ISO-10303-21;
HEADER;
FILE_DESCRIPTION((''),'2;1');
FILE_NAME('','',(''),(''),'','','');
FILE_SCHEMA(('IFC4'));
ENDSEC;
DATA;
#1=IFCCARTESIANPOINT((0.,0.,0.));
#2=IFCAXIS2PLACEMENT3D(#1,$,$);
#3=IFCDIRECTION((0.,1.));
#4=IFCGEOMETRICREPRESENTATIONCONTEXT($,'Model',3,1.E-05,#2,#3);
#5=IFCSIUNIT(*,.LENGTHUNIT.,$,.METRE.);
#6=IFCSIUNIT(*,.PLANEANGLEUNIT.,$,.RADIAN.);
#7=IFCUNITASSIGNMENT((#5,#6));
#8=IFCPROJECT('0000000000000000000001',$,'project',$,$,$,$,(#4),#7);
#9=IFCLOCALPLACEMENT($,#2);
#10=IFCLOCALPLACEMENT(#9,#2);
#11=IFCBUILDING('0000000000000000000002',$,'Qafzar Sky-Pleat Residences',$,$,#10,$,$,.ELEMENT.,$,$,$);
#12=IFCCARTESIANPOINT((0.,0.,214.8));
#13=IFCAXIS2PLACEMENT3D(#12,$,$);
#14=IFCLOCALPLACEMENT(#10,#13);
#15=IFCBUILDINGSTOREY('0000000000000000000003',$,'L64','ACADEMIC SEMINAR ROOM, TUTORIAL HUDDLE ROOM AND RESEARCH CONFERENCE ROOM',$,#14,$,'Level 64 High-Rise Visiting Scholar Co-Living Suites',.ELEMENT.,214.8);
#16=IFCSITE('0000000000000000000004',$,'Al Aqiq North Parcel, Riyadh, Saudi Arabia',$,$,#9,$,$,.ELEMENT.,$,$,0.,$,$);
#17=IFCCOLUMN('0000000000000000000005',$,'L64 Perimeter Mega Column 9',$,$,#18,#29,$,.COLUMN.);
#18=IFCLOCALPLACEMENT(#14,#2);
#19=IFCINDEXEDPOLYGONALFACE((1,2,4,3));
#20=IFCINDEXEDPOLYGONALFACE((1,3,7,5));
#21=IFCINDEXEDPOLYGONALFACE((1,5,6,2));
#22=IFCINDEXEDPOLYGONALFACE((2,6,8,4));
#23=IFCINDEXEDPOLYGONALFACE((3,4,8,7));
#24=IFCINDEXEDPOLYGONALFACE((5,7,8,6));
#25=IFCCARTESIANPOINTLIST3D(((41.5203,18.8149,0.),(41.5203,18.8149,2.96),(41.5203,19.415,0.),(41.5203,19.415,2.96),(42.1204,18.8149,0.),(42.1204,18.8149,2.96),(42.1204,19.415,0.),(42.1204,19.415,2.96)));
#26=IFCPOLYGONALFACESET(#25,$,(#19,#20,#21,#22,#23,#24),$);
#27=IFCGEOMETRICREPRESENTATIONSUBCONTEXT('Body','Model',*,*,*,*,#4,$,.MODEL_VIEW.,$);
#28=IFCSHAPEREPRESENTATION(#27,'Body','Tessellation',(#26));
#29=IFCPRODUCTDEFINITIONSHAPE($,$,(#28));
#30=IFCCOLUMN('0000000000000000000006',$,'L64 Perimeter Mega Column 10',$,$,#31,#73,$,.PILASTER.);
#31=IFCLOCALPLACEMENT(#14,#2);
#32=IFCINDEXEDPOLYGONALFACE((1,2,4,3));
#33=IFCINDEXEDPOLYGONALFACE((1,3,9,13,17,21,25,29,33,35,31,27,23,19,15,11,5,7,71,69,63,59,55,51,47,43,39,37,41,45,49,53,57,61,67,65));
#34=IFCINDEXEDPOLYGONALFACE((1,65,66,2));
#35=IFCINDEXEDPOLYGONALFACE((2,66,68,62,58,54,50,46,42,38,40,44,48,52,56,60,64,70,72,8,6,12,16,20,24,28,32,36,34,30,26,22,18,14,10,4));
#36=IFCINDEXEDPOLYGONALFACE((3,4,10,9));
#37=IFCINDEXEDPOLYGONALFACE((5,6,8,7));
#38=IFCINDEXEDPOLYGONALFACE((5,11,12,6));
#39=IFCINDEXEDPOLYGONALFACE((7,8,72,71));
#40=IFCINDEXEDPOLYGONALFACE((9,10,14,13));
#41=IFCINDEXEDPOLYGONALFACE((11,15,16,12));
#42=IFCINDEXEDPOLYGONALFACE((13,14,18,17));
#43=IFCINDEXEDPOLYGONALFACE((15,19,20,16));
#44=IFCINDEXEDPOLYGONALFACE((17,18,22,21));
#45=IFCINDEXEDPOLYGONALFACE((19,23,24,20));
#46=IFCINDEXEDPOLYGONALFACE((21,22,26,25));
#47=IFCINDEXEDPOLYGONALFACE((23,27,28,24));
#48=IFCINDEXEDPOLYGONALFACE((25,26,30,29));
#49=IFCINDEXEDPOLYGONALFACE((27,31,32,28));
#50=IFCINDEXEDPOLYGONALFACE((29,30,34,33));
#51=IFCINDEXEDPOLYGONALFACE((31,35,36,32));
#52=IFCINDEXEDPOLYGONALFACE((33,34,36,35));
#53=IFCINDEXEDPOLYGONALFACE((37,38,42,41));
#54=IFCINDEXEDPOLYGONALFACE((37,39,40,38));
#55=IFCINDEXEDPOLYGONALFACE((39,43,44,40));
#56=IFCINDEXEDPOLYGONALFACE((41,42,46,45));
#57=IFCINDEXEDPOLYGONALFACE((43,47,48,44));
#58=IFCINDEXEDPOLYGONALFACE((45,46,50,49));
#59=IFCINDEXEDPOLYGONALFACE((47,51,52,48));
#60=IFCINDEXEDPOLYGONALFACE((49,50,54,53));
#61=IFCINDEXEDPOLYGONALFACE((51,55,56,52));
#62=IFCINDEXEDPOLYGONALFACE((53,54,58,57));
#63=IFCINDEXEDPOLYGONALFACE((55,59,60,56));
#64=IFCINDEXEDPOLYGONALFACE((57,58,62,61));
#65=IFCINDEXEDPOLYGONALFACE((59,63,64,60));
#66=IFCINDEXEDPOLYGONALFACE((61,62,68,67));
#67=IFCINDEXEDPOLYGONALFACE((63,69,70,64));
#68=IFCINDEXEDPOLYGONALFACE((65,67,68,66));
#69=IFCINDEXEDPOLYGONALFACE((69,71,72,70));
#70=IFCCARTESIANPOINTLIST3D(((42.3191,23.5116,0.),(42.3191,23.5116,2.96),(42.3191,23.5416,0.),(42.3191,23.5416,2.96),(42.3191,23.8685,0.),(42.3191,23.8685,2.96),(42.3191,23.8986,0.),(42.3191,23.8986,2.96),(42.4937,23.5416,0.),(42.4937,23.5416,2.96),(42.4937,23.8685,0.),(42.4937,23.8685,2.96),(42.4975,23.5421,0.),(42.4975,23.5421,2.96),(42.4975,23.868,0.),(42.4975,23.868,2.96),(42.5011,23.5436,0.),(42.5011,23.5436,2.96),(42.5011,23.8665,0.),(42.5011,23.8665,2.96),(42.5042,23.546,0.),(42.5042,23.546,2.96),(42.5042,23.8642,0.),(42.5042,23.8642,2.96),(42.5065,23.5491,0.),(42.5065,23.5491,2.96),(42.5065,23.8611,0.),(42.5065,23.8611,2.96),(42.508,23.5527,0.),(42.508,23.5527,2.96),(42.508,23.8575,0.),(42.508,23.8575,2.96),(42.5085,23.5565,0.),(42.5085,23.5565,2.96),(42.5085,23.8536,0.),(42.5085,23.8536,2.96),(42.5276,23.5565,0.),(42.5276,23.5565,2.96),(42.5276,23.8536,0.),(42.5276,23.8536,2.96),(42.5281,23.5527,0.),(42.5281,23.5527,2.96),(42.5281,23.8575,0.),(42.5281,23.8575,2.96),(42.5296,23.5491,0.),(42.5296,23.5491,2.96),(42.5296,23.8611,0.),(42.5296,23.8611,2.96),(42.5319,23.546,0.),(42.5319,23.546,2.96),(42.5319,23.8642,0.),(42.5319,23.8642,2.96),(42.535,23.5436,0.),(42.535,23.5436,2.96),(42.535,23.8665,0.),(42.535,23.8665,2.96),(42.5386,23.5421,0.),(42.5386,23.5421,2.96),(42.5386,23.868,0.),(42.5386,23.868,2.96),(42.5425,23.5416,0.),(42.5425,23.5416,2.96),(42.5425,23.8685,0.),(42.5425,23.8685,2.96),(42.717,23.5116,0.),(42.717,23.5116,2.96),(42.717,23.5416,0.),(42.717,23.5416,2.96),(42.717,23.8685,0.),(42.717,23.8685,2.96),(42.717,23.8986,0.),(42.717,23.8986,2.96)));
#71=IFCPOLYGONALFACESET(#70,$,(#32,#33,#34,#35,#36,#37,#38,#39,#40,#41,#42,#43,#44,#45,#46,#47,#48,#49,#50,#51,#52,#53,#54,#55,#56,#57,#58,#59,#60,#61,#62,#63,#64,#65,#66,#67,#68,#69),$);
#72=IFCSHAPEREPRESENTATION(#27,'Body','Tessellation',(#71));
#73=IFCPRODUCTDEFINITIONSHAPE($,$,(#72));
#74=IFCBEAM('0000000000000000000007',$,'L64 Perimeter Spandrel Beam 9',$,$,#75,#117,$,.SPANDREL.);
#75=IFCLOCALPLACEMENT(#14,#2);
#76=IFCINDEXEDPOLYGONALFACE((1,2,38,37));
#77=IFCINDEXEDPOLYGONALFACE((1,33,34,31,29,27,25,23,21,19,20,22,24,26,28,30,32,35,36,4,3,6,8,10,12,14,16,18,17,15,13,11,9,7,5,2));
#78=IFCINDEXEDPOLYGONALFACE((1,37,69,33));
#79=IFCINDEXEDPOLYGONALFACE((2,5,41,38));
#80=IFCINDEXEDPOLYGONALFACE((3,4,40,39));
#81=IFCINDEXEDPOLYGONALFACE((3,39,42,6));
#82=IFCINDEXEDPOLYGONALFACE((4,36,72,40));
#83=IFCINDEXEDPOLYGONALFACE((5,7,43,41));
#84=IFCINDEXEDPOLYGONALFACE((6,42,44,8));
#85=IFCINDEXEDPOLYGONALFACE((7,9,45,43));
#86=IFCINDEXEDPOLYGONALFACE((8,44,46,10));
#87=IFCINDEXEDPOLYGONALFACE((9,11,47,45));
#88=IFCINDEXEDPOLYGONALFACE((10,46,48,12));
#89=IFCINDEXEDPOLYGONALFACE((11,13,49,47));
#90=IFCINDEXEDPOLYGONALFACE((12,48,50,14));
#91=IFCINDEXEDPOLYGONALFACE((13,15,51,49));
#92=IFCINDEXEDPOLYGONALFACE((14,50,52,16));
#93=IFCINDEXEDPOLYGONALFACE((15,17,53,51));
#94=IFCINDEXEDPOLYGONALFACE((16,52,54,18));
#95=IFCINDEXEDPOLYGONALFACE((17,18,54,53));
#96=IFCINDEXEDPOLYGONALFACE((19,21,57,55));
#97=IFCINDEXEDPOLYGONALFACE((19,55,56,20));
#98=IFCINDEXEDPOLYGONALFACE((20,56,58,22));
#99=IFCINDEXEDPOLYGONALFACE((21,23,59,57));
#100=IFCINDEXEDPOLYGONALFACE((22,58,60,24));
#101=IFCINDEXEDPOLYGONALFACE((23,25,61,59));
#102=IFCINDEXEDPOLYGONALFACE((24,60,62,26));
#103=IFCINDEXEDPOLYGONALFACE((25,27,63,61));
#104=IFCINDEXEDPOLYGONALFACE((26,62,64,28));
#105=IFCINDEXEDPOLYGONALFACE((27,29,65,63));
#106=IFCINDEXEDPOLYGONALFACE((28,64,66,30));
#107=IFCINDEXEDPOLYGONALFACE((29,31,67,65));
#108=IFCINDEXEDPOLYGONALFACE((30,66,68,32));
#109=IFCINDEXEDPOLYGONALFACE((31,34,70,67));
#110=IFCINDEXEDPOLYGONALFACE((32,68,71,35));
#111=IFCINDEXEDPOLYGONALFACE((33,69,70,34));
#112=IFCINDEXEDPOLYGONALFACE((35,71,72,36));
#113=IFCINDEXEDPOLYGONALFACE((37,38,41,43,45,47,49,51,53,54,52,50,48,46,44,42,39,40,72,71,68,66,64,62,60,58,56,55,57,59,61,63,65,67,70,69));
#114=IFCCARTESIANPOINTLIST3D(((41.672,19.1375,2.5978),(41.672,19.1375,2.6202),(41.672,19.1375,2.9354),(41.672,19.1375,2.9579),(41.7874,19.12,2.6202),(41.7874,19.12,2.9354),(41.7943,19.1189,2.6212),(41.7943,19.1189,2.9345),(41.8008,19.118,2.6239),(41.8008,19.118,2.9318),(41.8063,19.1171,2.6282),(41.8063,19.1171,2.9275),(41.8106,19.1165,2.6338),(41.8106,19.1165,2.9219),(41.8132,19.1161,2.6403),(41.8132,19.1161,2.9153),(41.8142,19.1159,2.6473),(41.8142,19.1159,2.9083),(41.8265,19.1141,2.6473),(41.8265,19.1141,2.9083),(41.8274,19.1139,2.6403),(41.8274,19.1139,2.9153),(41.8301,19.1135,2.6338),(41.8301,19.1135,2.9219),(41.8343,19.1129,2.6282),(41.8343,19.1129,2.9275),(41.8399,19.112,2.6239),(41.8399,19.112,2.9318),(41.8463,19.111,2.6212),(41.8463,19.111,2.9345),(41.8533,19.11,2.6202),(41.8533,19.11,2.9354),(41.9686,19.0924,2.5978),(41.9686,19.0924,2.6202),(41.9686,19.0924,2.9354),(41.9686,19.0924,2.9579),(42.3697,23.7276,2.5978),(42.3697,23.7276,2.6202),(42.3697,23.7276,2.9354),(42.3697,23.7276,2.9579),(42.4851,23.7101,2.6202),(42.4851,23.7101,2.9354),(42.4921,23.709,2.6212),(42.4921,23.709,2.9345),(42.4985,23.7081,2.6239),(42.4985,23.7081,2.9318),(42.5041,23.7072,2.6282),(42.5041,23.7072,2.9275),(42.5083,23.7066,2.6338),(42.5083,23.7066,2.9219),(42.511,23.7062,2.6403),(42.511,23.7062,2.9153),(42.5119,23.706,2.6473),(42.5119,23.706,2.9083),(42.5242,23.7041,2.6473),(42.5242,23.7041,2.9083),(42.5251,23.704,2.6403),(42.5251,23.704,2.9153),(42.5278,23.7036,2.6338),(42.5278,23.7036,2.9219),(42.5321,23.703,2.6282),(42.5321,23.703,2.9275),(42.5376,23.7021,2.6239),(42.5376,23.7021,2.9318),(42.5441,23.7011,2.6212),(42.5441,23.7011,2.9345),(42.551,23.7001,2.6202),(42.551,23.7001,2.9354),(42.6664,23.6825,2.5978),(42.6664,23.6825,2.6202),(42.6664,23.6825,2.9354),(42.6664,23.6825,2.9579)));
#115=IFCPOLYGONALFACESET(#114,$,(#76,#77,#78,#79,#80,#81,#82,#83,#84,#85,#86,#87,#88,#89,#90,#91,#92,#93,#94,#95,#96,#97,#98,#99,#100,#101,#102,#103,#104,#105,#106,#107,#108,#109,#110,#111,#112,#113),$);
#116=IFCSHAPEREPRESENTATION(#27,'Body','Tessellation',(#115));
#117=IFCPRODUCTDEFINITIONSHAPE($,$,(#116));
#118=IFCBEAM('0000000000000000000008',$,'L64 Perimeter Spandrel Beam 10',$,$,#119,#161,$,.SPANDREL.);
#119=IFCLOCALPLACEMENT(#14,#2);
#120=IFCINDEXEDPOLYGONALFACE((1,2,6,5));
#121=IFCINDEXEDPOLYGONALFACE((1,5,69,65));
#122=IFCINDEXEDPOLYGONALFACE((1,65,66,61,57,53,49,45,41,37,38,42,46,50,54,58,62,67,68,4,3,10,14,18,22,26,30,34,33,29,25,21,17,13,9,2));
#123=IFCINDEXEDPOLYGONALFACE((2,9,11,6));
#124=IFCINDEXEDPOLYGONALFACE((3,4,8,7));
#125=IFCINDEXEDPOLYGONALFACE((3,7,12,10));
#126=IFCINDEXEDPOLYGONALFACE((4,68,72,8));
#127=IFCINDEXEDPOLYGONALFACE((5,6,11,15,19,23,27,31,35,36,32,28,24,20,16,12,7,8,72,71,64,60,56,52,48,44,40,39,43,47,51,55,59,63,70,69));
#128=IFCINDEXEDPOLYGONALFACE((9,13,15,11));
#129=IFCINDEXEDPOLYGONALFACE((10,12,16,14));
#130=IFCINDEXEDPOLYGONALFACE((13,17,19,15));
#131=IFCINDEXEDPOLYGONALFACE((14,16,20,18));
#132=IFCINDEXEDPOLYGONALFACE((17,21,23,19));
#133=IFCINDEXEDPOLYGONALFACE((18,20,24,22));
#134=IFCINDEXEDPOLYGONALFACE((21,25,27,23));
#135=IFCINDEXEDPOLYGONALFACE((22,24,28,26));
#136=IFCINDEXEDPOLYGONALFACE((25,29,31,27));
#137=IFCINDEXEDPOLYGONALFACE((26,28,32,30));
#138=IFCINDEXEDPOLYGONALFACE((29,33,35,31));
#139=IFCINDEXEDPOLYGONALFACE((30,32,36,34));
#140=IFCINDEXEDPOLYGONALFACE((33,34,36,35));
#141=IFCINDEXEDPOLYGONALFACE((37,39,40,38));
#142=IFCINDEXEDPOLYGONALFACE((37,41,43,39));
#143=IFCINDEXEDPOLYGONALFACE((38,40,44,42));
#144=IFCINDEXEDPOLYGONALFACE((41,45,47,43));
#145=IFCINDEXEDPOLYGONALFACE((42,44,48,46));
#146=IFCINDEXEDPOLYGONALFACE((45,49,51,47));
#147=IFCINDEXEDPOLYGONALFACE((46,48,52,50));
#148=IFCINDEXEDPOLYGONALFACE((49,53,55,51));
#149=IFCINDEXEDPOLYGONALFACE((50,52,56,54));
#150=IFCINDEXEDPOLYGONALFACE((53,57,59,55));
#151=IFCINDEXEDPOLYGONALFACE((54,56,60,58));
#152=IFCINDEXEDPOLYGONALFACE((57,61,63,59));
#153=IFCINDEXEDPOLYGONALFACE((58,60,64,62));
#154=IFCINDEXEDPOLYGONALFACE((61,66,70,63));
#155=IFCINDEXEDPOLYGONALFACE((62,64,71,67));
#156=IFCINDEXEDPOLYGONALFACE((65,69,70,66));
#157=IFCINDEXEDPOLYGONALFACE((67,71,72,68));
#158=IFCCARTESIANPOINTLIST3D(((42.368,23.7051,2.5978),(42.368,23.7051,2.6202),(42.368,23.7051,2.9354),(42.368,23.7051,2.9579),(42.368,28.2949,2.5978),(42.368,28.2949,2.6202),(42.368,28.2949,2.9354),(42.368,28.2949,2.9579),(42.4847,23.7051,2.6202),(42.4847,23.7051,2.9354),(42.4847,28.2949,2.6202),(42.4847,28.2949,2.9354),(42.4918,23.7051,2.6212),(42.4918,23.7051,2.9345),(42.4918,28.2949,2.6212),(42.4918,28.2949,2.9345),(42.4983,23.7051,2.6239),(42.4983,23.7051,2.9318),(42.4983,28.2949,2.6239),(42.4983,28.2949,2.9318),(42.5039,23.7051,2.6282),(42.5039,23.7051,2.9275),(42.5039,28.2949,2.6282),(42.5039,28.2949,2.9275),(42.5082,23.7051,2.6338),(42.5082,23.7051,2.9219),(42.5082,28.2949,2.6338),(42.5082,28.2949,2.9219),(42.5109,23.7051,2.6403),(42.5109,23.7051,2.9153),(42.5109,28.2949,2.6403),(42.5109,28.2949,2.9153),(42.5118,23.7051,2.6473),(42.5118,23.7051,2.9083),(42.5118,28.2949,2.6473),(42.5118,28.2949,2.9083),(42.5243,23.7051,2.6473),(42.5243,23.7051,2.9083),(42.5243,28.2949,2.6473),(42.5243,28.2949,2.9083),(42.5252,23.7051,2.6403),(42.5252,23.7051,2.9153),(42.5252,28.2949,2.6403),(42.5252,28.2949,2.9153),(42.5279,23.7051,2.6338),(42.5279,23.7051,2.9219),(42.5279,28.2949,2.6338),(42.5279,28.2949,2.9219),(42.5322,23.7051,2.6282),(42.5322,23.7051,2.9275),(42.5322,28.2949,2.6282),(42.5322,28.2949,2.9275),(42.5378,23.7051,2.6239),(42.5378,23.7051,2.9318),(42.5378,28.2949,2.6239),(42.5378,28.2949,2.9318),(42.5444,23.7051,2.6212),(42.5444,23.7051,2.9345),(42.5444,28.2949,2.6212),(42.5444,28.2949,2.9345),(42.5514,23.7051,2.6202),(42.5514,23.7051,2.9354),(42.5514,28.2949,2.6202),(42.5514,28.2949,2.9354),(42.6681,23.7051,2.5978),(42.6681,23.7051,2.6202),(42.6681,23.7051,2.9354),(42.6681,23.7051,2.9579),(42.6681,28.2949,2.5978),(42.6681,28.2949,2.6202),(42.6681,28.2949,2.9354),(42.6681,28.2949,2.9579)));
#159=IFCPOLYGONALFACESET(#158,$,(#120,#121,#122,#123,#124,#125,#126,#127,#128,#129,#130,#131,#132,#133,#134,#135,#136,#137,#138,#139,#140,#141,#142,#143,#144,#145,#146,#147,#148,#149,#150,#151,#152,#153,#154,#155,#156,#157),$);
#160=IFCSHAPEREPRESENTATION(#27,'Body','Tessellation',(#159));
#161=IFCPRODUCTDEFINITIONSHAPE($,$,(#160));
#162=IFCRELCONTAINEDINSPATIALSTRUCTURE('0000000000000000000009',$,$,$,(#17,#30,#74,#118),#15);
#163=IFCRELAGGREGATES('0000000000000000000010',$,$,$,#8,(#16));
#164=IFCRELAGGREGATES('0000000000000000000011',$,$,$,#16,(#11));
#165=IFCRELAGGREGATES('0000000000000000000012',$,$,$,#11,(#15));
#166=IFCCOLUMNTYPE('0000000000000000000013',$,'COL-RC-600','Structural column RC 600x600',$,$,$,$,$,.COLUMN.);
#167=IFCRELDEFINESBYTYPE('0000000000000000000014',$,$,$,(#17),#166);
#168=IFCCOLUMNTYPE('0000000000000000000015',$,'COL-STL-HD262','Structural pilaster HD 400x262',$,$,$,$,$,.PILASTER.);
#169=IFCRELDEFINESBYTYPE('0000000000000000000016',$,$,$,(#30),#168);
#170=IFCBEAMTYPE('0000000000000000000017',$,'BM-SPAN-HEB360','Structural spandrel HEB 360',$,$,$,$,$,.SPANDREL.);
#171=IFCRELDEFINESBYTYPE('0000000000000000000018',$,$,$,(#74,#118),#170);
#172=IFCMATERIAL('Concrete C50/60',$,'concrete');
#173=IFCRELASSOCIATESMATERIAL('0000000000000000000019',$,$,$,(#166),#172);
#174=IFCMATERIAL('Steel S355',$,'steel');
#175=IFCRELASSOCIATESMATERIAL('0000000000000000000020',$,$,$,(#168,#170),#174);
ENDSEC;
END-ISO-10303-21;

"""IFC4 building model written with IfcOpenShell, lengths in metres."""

from ifc_helpers import new_model, si_unit, direction, frame, origin, origin_2d, place, context, subcontext, project, spatial, rectangle, i_section, extrude, source, transform, mapped, material, material_profile, profile_set, type_object, element, save


model = new_model("IFC4")

# Units and contexts
model_context = context("Model", 3, precision=1e-05, world=origin(), true_north=direction((0.0, 1.0)))
body_context = subcontext(model_context, "Body", "Model", "MODEL_VIEW")
ifc_project = project(units=[si_unit("LENGTHUNIT", "METRE"), si_unit("PLANEANGLEUNIT", "RADIAN")], contexts=[model_context])

# Site, building, storey
site_placement = place(None, origin())
site = spatial("IfcSite", under=ifc_project, at=site_placement, Name="Al Aqiq North Parcel, Riyadh, Saudi Arabia", CompositionType="ELEMENT", RefElevation=0.0)
building_placement = place(site_placement, origin())
building = spatial("IfcBuilding", under=site, at=building_placement, Name="Qafzar Sky-Pleat Residences", CompositionType="ELEMENT")
storey_placement = place(building_placement, frame((0.0, 0.0, 214.8)))
storey = spatial("IfcBuildingStorey", under=building, at=storey_placement, Name="L64", Description="ACADEMIC SEMINAR ROOM, TUTORIAL HUDDLE ROOM AND RESEARCH CONFERENCE ROOM", LongName="Level 64 High-Rise Visiting Scholar Co-Living Suites", CompositionType="ELEMENT", Elevation=214.8)

# Columns
ifc_material_1 = material(Name="Concrete C50/60", Category="concrete")
ifc_material_profile_1 = material_profile(ifc_material_1, rectangle(XDim=0.6001, YDim=0.6001, at=origin_2d()), Name="RC 600x600")
ifc_profile_set_1 = profile_set([ifc_material_profile_1], Name="Concrete C50/60")
column_type_1 = type_object("IfcColumnType", Name="COL-RC-600", Description="Structural column RC 600x600", PredefinedType="COLUMN", material=ifc_profile_set_1)
shared_shape_1 = source(origin(), body_context, "Body", "SweptSolid", [
    extrude(rectangle(XDim=0.6001, YDim=0.6001, at=origin_2d()), origin(), (0.0, 0.0, 1.0), 2.96),
])
column_1_placement = place(storey_placement, frame((41.8203, 19.115, 0.0), z_axis=(0.0, 0.0, 1.0), x_axis=(1.0, 0.0, 0.0)))
element("IfcColumn", 1, at=column_1_placement, inside=storey, type_object=column_type_1, Name="L64 Perimeter Mega Column 9", PredefinedType="COLUMN", context=body_context, shape_type="MappedRepresentation", body=[
    mapped(shared_shape_1, transform((0.0, 0.0, 0.0), x_axis=(1.0, 0.0, 0.0), y_axis=(0.0, 1.0, 0.0), z_axis=(0.0, 0.0, 1.0), scale=1.0)),
])
ifc_material_2 = material(Name="Steel S355", Category="steel")
ifc_material_profile_2 = material_profile(ifc_material_2, i_section(OverallWidth=0.3979, OverallDepth=0.387, WebThickness=0.019, FlangeThickness=0.03, FilletRadius=0.0149, at=origin_2d()), Name="HD 400x262")
ifc_profile_set_2 = profile_set([ifc_material_profile_2], Name="Steel S355")
column_type_2 = type_object("IfcColumnType", Name="COL-STL-HD262", Description="Structural pilaster HD 400x262", PredefinedType="PILASTER", material=ifc_profile_set_2)
shared_shape_2 = source(origin(), body_context, "Body", "SweptSolid", [
    extrude(i_section(OverallWidth=0.3979, OverallDepth=0.387, WebThickness=0.019, FlangeThickness=0.03, FilletRadius=0.0149, at=origin_2d()), origin(), (0.0, 0.0, 1.0), 2.96),
])
column_2_placement = place(storey_placement, frame((42.5181, 23.7051, 0.0), z_axis=(0.0, 0.0, 1.0), x_axis=(1.0, 0.0, 0.0)))
element("IfcColumn", 2, at=column_2_placement, inside=storey, type_object=column_type_2, Name="L64 Perimeter Mega Column 10", PredefinedType="PILASTER", context=body_context, shape_type="MappedRepresentation", body=[
    mapped(shared_shape_2, transform((0.0, 0.0, 0.0), x_axis=(1.0, 0.0, 0.0), y_axis=(0.0, 1.0, 0.0), z_axis=(0.0, 0.0, 1.0), scale=1.0)),
])

# Beams
ifc_material_profile_3 = material_profile(ifc_material_2, i_section(OverallWidth=0.3, OverallDepth=0.3601, WebThickness=0.0125, FlangeThickness=0.0225, FilletRadius=0.0271, at=origin_2d()), Name="HEB 360")
ifc_profile_set_3 = profile_set([ifc_material_profile_3], Name="Steel S355")
beam_type_1 = type_object("IfcBeamType", Name="BM-SPAN-HEB360", Description="Structural spandrel HEB 360", PredefinedType="SPANDREL", material=ifc_profile_set_3)
shared_shape_3 = source(origin(), body_context, "Body", "SweptSolid", [
    extrude(i_section(OverallWidth=0.3, OverallDepth=0.3601, WebThickness=0.0125, FlangeThickness=0.0225, FilletRadius=0.0271, at=origin_2d()), origin(), (0.0, 0.0, 1.0), 4.6428),
])
beam_1_placement = place(storey_placement, frame((41.8203, 19.115, 2.7778), z_axis=(0.150287, 0.988642, 0.0), x_axis=(-0.988642, 0.150287, 0.0)))
element("IfcBeam", 3, at=beam_1_placement, inside=storey, type_object=beam_type_1, Name="L64 Perimeter Spandrel Beam 9", PredefinedType="SPANDREL", context=body_context, shape_type="MappedRepresentation", body=[
    mapped(shared_shape_3, transform((0.0, 0.0, 0.0), x_axis=(1.0, 0.0, 0.0), y_axis=(0.0, 1.0, 0.0), z_axis=(0.0, 0.0, 1.0), scale=1.0)),
])
shared_shape_4 = source(origin(), body_context, "Body", "SweptSolid", [
    extrude(i_section(OverallWidth=0.3, OverallDepth=0.3601, WebThickness=0.0125, FlangeThickness=0.0225, FilletRadius=0.0271, at=origin_2d()), origin(), (0.0, 0.0, 1.0), 4.5898),
])
beam_2_placement = place(storey_placement, frame((42.5181, 23.7051, 2.7778), z_axis=(0.0, 1.0, 0.0), x_axis=(-1.0, 0.0, 0.0)))
element("IfcBeam", 4, at=beam_2_placement, inside=storey, type_object=beam_type_1, Name="L64 Perimeter Spandrel Beam 10", PredefinedType="SPANDREL", context=body_context, shape_type="MappedRepresentation", body=[
    mapped(shared_shape_4, transform((0.0, 0.0, 0.0), x_axis=(1.0, 0.0, 0.0), y_axis=(0.0, 1.0, 0.0), z_axis=(0.0, 0.0, 1.0), scale=1.0)),
])

save(model, "model.ifc")
